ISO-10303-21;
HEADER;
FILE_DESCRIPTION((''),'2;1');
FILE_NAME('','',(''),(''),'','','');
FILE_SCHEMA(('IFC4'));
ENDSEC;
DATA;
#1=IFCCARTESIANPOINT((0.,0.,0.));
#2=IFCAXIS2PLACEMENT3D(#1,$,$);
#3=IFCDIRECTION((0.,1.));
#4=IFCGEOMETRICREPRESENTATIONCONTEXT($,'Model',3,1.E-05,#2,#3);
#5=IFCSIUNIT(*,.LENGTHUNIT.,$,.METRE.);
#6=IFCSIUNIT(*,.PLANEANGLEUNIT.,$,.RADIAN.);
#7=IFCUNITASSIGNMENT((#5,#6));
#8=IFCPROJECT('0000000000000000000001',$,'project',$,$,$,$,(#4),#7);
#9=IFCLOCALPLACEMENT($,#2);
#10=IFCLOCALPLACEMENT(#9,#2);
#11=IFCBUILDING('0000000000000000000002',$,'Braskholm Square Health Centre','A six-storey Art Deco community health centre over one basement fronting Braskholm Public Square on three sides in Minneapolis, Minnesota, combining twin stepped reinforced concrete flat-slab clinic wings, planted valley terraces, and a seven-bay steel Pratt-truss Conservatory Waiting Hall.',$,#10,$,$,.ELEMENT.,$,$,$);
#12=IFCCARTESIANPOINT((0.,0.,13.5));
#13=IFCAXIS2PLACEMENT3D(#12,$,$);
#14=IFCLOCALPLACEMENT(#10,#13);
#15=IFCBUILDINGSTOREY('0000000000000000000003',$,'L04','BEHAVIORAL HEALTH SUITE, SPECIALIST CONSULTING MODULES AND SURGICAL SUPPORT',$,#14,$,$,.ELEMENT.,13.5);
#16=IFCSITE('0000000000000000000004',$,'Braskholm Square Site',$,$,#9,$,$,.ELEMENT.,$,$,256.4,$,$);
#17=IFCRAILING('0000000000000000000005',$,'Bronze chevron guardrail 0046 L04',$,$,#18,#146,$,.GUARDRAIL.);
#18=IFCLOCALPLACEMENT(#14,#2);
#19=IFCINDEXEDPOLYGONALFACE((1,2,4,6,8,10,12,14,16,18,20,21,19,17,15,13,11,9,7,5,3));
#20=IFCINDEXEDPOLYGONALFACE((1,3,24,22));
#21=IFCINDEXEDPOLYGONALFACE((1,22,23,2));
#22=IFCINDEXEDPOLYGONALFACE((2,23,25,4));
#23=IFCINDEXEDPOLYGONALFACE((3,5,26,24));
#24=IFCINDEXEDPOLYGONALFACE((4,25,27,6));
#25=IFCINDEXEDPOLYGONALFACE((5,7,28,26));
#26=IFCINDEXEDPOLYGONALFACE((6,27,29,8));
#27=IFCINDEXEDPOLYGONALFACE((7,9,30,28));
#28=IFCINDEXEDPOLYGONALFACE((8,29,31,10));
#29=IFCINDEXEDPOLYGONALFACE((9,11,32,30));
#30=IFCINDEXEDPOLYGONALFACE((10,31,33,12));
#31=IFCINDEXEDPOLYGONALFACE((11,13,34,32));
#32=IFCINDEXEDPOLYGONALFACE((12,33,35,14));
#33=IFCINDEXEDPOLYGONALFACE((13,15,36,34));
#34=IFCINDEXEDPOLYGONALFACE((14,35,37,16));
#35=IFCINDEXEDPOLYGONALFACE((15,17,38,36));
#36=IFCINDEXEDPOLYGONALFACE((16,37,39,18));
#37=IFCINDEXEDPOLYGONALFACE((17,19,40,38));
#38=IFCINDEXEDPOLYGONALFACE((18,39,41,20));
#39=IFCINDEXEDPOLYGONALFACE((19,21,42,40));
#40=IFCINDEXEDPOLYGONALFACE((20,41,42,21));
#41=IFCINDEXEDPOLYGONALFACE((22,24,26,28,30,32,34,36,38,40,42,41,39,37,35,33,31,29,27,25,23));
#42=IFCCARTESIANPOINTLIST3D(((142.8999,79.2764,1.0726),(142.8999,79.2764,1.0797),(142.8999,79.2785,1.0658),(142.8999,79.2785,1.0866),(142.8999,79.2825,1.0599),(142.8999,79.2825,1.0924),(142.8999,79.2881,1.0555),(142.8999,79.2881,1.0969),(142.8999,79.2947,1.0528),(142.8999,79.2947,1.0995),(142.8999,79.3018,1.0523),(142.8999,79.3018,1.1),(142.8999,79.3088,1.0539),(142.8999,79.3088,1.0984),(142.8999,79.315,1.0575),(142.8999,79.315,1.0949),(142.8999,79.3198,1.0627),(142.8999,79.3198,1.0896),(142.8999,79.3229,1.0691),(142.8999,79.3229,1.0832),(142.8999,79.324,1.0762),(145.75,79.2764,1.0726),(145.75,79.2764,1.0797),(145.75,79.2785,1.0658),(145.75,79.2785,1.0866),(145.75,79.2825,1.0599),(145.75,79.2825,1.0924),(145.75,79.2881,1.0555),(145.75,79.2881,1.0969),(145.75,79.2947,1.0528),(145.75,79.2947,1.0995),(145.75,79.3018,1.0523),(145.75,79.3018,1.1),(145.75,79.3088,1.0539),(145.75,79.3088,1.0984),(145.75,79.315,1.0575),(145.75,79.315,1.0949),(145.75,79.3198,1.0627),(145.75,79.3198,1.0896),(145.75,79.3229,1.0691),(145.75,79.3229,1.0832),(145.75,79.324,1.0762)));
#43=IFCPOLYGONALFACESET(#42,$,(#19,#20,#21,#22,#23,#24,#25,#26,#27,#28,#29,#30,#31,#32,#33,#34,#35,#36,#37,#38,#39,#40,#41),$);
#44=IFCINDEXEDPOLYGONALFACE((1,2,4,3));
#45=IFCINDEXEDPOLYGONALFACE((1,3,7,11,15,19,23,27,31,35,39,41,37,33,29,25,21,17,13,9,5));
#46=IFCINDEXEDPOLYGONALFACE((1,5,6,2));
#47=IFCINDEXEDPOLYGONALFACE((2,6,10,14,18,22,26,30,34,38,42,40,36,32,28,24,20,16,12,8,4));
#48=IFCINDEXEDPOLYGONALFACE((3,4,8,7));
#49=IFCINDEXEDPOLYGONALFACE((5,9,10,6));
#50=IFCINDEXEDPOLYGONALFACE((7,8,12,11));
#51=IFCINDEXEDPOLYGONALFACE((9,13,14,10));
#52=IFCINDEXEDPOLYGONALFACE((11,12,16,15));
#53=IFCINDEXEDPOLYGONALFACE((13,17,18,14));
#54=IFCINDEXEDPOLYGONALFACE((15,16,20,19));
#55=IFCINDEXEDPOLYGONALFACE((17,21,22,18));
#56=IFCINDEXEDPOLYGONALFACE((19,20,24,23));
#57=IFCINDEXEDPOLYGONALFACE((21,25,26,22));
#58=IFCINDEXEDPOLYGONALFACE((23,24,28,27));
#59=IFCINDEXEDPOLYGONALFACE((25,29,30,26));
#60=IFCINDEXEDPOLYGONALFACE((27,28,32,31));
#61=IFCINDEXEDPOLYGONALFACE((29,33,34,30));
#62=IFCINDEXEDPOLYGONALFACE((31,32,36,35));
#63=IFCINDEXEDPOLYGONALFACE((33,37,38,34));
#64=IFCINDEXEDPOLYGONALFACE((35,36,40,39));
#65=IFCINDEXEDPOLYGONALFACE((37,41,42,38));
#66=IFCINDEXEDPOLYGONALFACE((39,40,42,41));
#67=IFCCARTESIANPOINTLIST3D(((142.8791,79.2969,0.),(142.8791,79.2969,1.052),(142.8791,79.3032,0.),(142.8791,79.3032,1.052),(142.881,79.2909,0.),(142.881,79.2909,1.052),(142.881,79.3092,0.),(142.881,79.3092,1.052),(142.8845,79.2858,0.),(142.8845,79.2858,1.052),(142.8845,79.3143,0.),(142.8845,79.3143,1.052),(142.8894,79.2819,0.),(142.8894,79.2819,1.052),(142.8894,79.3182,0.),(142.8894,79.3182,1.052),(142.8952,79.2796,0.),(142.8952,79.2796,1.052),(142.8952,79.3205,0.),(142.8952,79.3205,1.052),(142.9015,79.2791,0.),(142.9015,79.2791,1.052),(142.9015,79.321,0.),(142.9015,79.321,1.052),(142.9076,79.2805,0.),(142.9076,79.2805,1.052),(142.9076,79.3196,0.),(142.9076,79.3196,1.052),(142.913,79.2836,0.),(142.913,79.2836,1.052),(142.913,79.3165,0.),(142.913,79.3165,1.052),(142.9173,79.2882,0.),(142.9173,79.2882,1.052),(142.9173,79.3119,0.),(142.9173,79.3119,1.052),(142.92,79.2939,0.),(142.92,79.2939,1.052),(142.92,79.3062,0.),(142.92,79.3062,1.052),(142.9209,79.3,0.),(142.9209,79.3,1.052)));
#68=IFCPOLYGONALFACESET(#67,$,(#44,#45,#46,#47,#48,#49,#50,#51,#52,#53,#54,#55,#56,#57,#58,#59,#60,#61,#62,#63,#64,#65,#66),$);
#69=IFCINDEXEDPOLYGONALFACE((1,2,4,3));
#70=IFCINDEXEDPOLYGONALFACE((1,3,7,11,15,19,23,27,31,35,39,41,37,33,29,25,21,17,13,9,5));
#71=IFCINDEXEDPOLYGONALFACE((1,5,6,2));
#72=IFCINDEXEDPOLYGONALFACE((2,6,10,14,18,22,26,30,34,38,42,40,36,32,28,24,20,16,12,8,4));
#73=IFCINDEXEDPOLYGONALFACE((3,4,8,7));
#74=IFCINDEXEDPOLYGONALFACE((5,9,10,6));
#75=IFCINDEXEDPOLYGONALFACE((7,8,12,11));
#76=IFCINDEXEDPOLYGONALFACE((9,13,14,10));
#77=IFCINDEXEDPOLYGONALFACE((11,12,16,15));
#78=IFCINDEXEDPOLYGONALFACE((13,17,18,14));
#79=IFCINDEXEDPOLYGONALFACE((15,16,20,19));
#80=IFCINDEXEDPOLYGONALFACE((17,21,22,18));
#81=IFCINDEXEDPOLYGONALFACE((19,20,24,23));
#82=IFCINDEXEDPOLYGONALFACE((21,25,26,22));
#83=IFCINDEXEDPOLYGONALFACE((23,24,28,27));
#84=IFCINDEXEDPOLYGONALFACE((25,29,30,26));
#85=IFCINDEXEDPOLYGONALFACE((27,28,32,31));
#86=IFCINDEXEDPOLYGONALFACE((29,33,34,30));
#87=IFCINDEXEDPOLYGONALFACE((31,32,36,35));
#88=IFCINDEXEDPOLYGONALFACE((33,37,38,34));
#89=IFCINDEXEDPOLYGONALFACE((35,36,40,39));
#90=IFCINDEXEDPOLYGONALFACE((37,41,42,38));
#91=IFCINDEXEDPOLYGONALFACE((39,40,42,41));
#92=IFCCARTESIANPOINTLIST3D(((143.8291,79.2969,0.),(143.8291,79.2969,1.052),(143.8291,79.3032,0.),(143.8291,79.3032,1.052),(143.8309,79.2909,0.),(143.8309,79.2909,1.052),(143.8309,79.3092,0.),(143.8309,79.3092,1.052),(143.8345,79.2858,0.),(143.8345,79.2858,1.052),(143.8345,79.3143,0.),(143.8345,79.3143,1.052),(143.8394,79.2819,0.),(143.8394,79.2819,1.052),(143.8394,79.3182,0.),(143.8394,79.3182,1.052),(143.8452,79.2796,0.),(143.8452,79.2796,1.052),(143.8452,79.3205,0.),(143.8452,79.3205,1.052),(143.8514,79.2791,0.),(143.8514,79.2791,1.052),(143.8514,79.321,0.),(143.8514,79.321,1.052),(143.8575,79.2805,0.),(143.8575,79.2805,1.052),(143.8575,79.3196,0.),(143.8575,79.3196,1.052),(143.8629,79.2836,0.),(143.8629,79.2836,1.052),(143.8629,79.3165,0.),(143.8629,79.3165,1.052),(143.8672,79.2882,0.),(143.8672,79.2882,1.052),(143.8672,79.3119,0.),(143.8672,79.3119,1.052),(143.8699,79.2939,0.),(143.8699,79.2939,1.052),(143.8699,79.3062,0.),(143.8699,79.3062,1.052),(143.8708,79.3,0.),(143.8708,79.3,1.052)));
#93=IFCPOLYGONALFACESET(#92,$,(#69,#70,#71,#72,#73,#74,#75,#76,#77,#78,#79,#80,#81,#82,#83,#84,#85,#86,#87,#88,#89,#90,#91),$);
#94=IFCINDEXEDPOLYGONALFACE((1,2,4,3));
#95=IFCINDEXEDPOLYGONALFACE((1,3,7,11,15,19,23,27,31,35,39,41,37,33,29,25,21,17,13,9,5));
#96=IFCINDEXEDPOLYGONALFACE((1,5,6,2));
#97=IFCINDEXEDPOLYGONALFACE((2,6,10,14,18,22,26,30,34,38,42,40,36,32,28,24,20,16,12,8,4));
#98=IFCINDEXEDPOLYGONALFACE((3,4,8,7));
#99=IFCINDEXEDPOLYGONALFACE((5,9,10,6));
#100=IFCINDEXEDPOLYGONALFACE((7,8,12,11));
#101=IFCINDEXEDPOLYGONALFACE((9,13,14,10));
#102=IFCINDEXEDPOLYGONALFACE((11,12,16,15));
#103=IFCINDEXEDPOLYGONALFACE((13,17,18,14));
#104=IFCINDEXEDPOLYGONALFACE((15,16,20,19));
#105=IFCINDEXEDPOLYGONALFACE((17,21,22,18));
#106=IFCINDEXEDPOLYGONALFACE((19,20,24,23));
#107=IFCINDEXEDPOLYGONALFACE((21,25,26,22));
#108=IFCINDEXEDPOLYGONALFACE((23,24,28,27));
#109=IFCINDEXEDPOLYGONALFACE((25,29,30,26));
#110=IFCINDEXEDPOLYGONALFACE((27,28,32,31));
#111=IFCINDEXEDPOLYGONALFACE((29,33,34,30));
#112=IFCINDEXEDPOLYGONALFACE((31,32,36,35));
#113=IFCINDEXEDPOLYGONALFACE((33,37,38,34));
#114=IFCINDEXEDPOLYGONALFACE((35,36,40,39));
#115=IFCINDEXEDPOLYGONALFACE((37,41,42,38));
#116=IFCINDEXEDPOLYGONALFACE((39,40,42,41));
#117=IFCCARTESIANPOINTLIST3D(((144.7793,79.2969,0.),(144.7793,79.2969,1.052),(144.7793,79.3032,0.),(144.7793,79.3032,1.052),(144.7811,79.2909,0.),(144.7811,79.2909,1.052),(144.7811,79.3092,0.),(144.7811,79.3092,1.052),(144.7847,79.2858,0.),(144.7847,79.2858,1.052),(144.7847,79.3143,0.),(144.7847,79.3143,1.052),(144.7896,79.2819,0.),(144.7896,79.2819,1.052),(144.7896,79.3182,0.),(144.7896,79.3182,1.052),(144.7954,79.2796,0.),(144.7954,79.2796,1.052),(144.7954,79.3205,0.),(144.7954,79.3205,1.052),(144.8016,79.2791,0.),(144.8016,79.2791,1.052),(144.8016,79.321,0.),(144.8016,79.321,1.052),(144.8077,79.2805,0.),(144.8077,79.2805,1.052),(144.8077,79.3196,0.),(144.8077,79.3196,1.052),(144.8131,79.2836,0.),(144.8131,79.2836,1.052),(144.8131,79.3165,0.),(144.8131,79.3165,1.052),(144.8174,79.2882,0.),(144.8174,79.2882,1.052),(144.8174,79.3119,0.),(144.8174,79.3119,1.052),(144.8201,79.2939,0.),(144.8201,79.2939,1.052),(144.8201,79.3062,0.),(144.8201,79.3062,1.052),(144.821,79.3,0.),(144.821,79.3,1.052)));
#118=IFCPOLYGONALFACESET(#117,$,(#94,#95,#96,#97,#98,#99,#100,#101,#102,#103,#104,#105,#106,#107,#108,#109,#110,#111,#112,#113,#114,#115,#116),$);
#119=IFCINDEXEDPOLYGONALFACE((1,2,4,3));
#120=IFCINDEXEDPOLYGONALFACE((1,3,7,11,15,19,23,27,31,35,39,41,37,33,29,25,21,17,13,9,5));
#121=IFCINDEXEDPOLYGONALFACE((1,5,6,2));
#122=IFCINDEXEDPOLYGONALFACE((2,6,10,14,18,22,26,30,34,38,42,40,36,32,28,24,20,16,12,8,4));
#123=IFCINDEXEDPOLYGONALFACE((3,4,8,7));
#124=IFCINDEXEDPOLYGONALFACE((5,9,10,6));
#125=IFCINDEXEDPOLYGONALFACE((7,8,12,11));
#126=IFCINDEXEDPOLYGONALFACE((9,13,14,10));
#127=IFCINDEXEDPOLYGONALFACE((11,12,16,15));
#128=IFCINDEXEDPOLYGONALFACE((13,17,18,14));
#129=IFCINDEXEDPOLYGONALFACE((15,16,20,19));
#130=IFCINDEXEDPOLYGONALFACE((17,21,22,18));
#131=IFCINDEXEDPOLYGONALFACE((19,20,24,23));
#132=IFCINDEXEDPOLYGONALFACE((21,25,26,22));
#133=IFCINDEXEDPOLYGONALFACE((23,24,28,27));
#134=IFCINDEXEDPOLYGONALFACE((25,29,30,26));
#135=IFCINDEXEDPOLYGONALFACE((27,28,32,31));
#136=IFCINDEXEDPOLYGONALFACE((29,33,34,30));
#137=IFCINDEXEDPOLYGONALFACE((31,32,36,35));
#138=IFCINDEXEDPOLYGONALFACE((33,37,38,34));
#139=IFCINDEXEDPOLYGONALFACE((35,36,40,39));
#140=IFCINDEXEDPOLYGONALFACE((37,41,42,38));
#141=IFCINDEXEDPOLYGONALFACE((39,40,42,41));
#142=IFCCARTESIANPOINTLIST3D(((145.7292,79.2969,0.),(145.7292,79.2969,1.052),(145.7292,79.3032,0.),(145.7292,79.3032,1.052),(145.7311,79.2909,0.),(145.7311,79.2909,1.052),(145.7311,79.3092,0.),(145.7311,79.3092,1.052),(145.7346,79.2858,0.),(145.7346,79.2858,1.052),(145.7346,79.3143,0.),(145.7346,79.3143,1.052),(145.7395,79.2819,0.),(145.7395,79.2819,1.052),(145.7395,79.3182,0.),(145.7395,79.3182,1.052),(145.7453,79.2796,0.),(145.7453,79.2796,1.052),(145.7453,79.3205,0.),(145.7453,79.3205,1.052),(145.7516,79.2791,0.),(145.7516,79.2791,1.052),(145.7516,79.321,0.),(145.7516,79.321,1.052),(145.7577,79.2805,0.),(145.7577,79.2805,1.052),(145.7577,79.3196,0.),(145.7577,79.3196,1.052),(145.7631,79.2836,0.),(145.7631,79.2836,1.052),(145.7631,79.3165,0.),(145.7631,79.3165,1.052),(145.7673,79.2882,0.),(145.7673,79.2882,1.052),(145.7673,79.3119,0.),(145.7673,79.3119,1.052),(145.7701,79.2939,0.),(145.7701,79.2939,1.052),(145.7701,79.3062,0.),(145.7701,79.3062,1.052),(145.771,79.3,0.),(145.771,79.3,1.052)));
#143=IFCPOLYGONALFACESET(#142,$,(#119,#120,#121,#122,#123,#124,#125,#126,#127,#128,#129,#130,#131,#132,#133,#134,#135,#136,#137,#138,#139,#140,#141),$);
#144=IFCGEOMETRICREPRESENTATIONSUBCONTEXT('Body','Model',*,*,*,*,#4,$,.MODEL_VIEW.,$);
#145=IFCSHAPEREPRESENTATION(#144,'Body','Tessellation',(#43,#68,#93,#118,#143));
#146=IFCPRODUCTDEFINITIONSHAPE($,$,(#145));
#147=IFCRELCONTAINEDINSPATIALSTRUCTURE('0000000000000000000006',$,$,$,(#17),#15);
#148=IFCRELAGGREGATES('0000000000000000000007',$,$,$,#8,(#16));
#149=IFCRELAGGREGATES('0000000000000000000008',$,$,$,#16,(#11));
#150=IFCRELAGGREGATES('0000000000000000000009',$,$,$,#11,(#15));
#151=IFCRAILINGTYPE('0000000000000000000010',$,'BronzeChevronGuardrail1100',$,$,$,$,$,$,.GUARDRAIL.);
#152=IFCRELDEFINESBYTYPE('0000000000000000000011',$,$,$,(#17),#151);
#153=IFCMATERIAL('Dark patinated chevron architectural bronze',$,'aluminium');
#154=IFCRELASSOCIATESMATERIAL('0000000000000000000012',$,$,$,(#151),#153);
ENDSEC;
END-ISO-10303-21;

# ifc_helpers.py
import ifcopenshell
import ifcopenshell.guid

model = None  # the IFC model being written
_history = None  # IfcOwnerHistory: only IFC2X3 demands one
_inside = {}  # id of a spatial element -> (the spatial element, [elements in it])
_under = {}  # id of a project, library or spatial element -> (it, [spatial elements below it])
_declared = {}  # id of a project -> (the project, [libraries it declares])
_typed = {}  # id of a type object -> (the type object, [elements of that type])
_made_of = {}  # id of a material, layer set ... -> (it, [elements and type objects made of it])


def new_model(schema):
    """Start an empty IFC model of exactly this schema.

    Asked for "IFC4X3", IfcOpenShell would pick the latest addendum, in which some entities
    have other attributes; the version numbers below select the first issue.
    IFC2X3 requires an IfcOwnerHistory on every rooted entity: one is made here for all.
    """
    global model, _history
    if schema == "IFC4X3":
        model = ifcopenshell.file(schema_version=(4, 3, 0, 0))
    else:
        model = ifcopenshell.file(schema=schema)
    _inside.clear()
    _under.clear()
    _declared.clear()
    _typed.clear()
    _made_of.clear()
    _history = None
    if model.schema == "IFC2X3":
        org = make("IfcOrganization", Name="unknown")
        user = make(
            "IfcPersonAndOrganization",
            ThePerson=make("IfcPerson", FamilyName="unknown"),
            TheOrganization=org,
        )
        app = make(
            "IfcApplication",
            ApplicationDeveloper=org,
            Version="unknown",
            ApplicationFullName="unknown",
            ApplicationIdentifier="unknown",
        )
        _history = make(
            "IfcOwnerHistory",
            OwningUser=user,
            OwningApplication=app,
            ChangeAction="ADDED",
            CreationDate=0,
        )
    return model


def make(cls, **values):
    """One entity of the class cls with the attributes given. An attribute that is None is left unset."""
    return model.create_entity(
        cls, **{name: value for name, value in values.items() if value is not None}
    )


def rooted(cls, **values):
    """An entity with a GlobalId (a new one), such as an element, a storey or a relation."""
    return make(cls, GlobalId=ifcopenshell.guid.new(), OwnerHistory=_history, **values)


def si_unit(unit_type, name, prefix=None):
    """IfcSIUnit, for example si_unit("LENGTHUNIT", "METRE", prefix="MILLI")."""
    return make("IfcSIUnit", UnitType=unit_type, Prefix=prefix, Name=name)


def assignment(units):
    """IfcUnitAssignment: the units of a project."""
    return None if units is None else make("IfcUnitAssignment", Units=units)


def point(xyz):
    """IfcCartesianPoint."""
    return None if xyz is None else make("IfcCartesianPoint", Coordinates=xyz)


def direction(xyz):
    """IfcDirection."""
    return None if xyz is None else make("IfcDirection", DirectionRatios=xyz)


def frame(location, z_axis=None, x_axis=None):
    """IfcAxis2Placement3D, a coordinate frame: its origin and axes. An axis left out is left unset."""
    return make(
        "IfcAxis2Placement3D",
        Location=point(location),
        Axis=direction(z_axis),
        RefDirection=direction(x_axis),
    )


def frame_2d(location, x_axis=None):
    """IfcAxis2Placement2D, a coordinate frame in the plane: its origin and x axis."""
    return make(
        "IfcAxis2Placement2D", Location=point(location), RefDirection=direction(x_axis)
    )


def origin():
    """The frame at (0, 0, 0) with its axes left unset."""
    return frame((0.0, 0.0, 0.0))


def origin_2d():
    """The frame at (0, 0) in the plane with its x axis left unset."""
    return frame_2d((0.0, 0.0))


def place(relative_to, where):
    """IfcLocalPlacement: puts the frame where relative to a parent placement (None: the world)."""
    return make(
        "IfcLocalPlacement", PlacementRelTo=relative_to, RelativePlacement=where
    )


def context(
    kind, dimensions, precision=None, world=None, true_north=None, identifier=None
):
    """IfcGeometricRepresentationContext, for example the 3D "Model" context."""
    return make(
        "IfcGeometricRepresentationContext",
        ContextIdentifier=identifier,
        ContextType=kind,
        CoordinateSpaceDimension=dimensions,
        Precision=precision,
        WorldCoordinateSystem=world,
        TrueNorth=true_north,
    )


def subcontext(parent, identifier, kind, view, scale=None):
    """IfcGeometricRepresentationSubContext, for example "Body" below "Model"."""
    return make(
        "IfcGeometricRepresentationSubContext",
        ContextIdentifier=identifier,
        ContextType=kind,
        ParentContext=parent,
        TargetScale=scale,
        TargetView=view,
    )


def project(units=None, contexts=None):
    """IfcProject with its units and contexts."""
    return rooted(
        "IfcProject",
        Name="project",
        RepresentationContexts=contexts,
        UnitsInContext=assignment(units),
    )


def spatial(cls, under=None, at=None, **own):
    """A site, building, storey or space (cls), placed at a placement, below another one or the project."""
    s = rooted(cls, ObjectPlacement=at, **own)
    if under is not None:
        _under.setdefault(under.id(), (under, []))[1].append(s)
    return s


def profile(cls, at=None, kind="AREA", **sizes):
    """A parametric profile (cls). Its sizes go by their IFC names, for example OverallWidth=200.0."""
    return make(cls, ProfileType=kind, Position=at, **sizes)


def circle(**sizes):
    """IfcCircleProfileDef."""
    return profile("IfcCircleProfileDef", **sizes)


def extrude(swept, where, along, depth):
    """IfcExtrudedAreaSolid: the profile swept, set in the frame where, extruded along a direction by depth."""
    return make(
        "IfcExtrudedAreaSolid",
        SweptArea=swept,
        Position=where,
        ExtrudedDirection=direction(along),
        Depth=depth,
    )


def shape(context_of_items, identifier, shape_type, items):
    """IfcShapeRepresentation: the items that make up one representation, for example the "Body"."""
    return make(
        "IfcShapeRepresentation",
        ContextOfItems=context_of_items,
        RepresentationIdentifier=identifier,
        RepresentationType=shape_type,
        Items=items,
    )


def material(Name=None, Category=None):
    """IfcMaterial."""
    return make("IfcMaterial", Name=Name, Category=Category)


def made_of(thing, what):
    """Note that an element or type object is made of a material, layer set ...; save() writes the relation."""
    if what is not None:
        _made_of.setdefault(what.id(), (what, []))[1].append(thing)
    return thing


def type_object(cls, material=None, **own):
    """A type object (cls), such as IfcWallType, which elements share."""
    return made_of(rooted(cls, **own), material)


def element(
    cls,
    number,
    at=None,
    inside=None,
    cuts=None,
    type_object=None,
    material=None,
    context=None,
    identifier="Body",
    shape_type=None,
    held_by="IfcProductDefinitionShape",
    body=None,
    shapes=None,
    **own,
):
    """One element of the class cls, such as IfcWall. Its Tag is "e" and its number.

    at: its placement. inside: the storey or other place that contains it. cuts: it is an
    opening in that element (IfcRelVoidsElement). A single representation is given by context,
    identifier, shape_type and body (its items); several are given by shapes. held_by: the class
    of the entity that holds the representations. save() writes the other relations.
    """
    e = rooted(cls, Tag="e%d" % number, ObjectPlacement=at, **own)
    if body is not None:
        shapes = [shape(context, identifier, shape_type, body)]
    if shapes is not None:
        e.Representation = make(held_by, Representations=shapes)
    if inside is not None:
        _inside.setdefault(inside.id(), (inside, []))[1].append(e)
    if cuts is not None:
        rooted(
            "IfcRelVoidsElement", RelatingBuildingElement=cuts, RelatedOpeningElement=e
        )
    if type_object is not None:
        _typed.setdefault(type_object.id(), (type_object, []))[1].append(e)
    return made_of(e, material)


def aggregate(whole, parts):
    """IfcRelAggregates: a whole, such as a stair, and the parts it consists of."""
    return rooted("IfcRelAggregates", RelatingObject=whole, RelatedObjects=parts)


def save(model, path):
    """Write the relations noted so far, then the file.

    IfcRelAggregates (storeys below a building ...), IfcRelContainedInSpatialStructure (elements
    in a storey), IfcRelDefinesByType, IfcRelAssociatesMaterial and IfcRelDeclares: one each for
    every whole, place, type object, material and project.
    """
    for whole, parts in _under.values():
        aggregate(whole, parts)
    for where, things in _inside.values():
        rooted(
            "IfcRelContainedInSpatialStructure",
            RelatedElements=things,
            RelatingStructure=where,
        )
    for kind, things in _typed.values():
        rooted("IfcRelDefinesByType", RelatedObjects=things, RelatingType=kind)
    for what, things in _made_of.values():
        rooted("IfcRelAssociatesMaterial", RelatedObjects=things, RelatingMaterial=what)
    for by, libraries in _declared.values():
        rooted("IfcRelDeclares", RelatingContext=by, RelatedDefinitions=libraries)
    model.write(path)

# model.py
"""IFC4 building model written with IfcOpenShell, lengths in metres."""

from ifc_helpers import new_model, si_unit, direction, frame, origin, origin_2d, place, context, subcontext, project, spatial, circle, extrude, material, type_object, element, save


model = new_model("IFC4")

# Units and contexts
model_context = context("Model", 3, precision=1e-05, world=origin(), true_north=direction((0.0, 1.0)))
body_context = subcontext(model_context, "Body", "Model", "MODEL_VIEW")
ifc_project = project(units=[si_unit("LENGTHUNIT", "METRE"), si_unit("PLANEANGLEUNIT", "RADIAN")], contexts=[model_context])

# Site, building, storey
site_placement = place(None, origin())
site = spatial("IfcSite", under=ifc_project, at=site_placement, Name="Braskholm Square Site", CompositionType="ELEMENT", RefElevation=256.4)
building_placement = place(site_placement, origin())
building = spatial("IfcBuilding", under=site, at=building_placement, Name="Braskholm Square Health Centre", Description="A six-storey Art Deco community health centre over one basement fronting Braskholm Public Square on three sides in Minneapolis, Minnesota, combining twin stepped reinforced concrete flat-slab clinic wings, planted valley terraces, and a seven-bay steel Pratt-truss Conservatory Waiting Hall.", CompositionType="ELEMENT")
storey_placement = place(building_placement, frame((0.0, 0.0, 13.5)))
storey = spatial("IfcBuildingStorey", under=building, at=storey_placement, Name="L04", Description="BEHAVIORAL HEALTH SUITE, SPECIALIST CONSULTING MODULES AND SURGICAL SUPPORT", CompositionType="ELEMENT", Elevation=13.5)

# Railing
ifc_material_1 = material(Name="Dark patinated chevron architectural bronze", Category="aluminium")
railing_type = type_object("IfcRailingType", Name="BronzeChevronGuardrail1100", PredefinedType="GUARDRAIL", material=ifc_material_1)
railing_placement = place(storey_placement, frame((142.8999, 79.3, 0.0)))
element("IfcRailing", 1, at=railing_placement, inside=storey, type_object=railing_type, Name="Bronze chevron guardrail 0046 L04", PredefinedType="GUARDRAIL", context=body_context, shape_type="SweptSolid", body=[
    extrude(circle(Radius=0.0239, at=origin_2d()), frame((0.0, 0.0, 1.0762), z_axis=(1.0, 0.0, 0.0), x_axis=(0.0, 1.0, 0.0)), (0.0, 0.0, 1.0), 2.8501),
    extrude(circle(Radius=0.021, at=origin_2d()), origin(), (0.0, 0.0, 1.0), 1.052),
    extrude(circle(Radius=0.021, at=origin_2d()), frame((0.95, 0.0, 0.0)), (0.0, 0.0, 1.0), 1.052),
    extrude(circle(Radius=0.021, at=origin_2d()), frame((1.9001, 0.0, 0.0)), (0.0, 0.0, 1.0), 1.052),
    extrude(circle(Radius=0.021, at=origin_2d()), frame((2.8501, 0.0, 0.0)), (0.0, 0.0, 1.0), 1.052),
])

save(model, "model.ifc")
